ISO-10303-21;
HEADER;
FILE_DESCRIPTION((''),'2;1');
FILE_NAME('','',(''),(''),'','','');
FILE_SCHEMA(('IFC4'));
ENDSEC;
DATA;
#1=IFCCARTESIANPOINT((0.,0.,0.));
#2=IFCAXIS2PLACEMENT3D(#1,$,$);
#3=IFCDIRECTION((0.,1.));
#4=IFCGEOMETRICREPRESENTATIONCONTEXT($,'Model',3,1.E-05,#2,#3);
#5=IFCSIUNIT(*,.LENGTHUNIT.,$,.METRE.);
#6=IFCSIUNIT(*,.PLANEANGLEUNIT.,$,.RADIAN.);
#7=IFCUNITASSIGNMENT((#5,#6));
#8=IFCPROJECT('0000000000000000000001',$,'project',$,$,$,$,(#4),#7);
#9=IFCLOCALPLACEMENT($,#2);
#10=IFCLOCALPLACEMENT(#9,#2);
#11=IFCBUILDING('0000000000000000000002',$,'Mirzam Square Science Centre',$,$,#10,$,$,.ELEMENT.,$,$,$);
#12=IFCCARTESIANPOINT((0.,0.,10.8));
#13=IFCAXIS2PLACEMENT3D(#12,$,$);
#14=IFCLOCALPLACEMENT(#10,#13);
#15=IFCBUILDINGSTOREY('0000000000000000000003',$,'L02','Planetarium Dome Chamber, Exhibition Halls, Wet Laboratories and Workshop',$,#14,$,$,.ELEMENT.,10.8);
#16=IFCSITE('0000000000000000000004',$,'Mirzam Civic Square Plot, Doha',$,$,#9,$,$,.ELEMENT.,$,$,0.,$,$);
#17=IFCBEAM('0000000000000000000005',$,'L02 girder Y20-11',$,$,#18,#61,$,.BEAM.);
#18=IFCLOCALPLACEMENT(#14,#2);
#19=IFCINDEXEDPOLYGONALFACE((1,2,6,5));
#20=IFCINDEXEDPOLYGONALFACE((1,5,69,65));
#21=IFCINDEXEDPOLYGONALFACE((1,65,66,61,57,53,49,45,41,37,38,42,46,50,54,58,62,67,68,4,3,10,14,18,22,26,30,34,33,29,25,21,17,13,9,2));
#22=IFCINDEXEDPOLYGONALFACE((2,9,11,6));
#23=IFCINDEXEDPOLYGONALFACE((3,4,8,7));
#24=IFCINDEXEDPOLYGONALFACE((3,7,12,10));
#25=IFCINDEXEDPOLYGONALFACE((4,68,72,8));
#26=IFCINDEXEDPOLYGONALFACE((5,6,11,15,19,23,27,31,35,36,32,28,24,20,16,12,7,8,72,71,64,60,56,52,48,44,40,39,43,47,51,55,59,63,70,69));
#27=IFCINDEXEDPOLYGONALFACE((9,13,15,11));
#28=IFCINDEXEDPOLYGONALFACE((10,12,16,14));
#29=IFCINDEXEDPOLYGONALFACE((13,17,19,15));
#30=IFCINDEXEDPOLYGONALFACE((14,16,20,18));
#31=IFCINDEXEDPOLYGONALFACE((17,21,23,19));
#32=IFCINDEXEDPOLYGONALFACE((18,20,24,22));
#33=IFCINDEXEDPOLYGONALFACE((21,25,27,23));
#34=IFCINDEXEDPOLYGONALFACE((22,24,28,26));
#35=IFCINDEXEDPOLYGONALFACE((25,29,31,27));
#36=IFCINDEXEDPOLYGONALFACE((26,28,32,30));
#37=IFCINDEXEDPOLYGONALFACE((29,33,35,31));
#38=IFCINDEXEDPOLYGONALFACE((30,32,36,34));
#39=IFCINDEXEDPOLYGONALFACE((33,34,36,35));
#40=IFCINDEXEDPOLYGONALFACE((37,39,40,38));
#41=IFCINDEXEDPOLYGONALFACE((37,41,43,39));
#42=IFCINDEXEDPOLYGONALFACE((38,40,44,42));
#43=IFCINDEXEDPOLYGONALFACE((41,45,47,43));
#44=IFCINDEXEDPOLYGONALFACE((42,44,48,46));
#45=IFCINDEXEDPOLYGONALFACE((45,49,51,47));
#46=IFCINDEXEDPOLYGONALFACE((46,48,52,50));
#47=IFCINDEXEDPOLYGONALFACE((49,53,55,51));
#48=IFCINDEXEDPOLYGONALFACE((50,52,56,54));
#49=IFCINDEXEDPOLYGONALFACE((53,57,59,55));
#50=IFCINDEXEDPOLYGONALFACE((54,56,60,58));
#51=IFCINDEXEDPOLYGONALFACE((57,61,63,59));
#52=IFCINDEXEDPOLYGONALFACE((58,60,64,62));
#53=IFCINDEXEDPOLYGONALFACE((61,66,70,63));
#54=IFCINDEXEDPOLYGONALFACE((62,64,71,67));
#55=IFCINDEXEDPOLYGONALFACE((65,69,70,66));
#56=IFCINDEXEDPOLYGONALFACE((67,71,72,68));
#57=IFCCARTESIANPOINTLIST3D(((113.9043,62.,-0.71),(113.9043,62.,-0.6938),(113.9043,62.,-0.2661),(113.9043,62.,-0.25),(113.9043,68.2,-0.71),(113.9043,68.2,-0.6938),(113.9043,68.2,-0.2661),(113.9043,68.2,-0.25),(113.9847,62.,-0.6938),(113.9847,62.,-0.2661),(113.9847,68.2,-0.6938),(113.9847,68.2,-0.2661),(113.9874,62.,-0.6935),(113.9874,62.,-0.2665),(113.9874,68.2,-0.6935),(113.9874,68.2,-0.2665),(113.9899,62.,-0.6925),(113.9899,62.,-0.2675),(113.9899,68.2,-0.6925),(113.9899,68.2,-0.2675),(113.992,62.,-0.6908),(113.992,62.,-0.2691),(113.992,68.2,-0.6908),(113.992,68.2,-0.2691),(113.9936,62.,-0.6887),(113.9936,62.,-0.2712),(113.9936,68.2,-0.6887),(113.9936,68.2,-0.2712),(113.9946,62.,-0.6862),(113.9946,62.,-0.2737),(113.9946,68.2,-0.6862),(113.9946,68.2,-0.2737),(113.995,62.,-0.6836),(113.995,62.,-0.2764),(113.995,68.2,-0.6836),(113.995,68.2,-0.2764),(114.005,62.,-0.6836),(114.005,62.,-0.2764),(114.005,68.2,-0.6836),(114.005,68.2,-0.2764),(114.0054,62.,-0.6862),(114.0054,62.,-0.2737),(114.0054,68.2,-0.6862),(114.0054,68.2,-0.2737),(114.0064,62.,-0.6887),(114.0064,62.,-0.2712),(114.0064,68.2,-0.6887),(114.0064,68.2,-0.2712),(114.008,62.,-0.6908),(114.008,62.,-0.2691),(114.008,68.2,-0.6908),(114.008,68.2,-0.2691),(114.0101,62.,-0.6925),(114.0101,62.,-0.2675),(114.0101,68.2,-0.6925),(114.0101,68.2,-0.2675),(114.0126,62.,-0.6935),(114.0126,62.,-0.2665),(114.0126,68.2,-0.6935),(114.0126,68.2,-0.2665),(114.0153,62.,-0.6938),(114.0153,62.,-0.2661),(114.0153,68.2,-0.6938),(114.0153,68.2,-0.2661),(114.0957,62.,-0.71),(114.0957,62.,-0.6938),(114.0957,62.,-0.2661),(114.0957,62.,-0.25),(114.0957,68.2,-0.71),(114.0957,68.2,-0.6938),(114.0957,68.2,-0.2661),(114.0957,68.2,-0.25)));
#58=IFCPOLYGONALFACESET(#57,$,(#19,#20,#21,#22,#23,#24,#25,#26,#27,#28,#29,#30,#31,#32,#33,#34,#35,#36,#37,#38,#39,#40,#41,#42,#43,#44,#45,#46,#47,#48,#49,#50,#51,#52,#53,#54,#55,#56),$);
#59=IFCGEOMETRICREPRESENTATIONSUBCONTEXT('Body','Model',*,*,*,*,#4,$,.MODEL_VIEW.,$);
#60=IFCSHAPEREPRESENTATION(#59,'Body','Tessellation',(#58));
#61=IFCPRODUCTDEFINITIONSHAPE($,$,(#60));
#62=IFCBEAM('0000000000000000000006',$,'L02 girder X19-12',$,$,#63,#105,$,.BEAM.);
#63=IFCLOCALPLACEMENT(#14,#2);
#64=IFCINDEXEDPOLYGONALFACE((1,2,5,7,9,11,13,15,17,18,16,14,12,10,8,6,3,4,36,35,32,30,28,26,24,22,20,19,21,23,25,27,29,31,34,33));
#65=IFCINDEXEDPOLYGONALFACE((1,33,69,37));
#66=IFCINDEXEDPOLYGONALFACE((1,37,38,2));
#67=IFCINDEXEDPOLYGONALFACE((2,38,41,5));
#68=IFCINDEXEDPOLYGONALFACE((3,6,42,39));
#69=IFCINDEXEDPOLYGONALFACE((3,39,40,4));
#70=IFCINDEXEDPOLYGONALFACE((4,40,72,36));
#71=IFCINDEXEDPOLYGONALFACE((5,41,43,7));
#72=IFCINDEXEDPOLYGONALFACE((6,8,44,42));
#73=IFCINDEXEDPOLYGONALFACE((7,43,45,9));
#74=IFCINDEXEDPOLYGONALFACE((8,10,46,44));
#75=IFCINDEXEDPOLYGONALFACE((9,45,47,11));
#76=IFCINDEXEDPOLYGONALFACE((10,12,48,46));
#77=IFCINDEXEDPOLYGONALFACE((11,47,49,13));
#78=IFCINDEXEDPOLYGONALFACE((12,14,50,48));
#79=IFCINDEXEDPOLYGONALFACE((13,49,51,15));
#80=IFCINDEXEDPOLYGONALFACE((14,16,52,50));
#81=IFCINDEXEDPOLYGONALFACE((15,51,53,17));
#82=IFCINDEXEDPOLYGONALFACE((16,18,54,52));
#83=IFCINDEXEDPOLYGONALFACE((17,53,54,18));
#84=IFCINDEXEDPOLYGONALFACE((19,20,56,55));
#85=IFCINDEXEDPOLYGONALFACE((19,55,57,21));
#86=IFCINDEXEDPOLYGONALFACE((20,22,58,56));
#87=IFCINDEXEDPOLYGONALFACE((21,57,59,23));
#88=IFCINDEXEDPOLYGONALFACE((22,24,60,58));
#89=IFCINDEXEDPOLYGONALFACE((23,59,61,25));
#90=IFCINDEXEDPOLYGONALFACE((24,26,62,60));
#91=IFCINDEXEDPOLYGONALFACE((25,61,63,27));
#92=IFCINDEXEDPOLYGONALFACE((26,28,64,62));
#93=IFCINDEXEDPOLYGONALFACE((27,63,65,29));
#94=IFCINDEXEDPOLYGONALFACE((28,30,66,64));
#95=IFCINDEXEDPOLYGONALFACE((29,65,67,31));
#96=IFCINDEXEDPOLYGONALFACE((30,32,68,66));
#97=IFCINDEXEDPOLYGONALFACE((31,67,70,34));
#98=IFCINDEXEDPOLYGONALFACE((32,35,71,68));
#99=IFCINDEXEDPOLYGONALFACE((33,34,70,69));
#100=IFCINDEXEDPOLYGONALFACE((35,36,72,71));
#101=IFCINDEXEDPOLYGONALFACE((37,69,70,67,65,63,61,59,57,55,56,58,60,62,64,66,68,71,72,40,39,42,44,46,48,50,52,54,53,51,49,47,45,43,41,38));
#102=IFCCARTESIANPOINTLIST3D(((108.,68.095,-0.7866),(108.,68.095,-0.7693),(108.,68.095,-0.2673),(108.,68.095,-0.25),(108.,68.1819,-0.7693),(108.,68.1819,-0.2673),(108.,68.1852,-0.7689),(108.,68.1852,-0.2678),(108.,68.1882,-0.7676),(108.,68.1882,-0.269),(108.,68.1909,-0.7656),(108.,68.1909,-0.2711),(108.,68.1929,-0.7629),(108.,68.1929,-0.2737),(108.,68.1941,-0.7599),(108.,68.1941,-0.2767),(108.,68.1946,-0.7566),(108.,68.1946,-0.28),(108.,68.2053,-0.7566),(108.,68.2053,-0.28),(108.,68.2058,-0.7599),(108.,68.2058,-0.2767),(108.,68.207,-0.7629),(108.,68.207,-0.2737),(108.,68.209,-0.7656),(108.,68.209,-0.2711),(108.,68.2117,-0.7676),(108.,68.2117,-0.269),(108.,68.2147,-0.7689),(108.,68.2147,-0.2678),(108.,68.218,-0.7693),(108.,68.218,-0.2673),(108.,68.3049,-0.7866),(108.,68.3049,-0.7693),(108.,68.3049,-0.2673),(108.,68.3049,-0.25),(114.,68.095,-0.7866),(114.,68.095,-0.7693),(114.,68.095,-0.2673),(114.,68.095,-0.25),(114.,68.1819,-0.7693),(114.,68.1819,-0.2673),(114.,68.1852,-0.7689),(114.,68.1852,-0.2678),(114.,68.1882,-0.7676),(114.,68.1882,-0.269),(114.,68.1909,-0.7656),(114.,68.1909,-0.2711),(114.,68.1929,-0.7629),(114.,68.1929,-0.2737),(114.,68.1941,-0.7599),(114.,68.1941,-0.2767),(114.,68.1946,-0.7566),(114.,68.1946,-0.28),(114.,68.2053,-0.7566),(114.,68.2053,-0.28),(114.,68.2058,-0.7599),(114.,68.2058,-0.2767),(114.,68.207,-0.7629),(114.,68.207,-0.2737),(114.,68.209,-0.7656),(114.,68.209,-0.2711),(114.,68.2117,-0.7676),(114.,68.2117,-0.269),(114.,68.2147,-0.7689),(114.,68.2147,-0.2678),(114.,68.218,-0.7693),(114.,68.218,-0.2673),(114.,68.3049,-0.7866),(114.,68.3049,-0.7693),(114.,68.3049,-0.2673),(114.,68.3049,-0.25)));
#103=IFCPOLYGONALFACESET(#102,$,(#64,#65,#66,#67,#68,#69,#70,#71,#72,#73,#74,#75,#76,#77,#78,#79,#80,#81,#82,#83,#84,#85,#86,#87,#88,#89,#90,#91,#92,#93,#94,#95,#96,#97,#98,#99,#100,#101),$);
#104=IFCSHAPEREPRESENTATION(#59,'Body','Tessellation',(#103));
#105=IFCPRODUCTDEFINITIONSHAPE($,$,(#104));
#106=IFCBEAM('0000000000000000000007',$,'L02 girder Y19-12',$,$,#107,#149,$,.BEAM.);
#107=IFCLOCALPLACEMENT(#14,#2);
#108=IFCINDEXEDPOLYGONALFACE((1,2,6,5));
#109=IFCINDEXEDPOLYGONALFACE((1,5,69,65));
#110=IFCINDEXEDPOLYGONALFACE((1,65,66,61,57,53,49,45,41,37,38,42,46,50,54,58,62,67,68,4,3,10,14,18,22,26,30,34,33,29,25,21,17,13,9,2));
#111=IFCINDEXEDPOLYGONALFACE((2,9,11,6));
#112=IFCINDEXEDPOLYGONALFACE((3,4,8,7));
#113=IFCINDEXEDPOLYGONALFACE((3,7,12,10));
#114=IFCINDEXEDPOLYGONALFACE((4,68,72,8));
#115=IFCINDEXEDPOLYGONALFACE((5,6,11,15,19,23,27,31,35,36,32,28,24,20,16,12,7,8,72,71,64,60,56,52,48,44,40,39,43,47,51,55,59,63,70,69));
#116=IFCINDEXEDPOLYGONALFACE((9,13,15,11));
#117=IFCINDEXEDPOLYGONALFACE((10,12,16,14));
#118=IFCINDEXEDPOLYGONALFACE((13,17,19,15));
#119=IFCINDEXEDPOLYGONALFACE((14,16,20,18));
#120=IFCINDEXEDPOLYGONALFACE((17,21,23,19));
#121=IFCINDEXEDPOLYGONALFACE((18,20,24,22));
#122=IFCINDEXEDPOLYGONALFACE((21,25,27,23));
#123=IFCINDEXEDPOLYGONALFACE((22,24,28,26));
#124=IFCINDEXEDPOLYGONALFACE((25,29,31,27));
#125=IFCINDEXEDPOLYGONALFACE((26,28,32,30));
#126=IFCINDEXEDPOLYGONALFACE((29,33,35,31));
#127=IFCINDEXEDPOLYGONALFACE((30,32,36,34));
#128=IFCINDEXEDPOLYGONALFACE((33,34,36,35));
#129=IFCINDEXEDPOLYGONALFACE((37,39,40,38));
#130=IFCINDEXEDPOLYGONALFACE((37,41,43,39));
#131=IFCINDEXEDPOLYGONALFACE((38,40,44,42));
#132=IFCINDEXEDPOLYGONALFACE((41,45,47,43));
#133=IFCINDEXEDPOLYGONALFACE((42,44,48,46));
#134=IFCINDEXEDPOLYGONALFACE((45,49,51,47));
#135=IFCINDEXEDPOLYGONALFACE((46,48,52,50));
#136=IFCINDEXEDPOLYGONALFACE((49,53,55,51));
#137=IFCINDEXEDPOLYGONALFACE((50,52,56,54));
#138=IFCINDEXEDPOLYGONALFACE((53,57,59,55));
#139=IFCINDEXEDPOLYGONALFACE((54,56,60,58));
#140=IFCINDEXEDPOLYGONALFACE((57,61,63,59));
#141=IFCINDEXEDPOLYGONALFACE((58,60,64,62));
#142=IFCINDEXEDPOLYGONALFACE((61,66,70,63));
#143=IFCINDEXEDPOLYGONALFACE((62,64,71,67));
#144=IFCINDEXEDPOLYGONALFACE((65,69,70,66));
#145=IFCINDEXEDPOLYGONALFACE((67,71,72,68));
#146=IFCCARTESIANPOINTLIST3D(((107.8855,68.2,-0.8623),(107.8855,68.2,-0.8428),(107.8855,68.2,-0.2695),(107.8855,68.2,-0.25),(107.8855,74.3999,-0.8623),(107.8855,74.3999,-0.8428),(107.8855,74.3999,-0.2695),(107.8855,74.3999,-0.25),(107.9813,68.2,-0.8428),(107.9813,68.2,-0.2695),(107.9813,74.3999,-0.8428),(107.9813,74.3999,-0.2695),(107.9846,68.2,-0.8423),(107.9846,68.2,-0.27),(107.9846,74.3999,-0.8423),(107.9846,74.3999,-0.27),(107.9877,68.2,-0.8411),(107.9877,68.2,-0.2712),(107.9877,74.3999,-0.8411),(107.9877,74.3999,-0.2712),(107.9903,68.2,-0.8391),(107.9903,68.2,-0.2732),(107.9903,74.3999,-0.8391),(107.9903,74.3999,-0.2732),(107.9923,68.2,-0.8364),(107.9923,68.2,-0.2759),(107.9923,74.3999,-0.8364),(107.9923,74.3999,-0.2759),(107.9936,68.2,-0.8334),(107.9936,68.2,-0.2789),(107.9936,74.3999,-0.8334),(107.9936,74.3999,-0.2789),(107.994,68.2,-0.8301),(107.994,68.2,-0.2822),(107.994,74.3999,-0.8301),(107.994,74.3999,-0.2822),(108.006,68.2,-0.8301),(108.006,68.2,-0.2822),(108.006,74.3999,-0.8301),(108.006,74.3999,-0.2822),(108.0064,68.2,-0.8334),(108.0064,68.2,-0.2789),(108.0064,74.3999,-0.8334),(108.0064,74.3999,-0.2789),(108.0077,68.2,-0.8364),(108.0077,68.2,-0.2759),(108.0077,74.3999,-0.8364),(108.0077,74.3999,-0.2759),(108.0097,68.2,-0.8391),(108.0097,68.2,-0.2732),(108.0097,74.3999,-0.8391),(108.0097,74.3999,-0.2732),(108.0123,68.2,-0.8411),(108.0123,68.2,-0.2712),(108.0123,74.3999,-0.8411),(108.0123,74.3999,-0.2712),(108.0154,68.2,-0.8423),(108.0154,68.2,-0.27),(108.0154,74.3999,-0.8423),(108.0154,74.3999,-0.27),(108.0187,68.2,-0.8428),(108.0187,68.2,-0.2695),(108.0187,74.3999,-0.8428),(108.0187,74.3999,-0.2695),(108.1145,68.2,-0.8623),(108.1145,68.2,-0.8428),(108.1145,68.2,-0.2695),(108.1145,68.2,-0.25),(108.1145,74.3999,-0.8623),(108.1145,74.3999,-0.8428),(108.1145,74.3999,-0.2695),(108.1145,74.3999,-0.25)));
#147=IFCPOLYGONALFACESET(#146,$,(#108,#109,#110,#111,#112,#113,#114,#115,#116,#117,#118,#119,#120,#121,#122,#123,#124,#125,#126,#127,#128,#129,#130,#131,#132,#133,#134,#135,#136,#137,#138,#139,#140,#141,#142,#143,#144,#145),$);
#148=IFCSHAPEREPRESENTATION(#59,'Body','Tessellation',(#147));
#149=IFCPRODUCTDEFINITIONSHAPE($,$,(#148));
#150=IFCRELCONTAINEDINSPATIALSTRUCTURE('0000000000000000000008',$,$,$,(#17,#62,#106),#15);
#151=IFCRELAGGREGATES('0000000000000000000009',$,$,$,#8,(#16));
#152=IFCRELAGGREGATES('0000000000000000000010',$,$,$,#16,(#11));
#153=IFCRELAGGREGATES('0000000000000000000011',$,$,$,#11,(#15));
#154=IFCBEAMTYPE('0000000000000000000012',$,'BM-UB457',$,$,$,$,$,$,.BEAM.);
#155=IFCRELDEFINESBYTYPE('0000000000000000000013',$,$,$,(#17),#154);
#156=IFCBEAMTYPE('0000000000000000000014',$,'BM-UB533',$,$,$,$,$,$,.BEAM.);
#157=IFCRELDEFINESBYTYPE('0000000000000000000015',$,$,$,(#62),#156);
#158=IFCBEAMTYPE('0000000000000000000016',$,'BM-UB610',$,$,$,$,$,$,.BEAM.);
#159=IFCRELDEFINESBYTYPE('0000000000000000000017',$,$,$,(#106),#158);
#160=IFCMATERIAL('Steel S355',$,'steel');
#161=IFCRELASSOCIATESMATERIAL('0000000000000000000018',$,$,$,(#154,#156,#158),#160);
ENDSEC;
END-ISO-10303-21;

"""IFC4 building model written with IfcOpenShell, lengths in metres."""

from ifc_helpers import new_model, si_unit, direction, frame, origin, origin_2d, place, context, subcontext, project, spatial, i_section, extrude, material, material_profile, profile_set, type_object, element, save


model = new_model("IFC4")

# Units and contexts
model_context = context("Model", 3, precision=1e-05, world=origin(), true_north=direction((0.0, 1.0)))
body_context = subcontext(model_context, "Body", "Model", "MODEL_VIEW")
ifc_project = project(units=[si_unit("LENGTHUNIT", "METRE"), si_unit("PLANEANGLEUNIT", "RADIAN")], contexts=[model_context])

# Site, building, storey
site_placement = place(None, origin())
site = spatial("IfcSite", under=ifc_project, at=site_placement, Name="Mirzam Civic Square Plot, Doha", CompositionType="ELEMENT", RefElevation=0.0)
building_placement = place(site_placement, origin())
building = spatial("IfcBuilding", under=site, at=building_placement, Name="Mirzam Square Science Centre", CompositionType="ELEMENT")
storey_placement = place(building_placement, frame((0.0, 0.0, 10.8)))
storey = spatial("IfcBuildingStorey", under=building, at=storey_placement, Name="L02", Description="Planetarium Dome Chamber, Exhibition Halls, Wet Laboratories and Workshop", CompositionType="ELEMENT", Elevation=10.8)

# Shared definitions
ifc_material_1 = material(Name="Steel S355", Category="steel")

# Beams
ifc_material_profile_1 = material_profile(ifc_material_1, i_section(OverallWidth=0.1914, OverallDepth=0.46, WebThickness=0.01, FlangeThickness=0.0161, FilletRadius=0.0103, at=origin_2d()), Name="457x191x82UB")
ifc_profile_set_1 = profile_set([ifc_material_profile_1], Name="Steel S355")
beam_type_1 = type_object("IfcBeamType", Name="BM-UB457", PredefinedType="BEAM", material=ifc_profile_set_1)
beam_1_placement = place(storey_placement, frame((114.0, 62.0, -0.48), z_axis=(0.0, 1.0, 0.0), x_axis=(-1.0, 0.0, 0.0)))
element("IfcBeam", 1, at=beam_1_placement, inside=storey, type_object=beam_type_1, Name="L02 girder Y20-11", PredefinedType="BEAM", context=body_context, shape_type="SweptSolid", body=[
    extrude(i_section(OverallWidth=0.1914, OverallDepth=0.46, WebThickness=0.01, FlangeThickness=0.0161, FilletRadius=0.0103, at=origin_2d()), origin(), (0.0, 0.0, 1.0), 6.2),
])
ifc_material_profile_2 = material_profile(ifc_material_1, i_section(OverallWidth=0.21, OverallDepth=0.5366, WebThickness=0.0107, FlangeThickness=0.0173, FilletRadius=0.0127, at=origin_2d()), Name="533x210x101UB")
ifc_profile_set_2 = profile_set([ifc_material_profile_2], Name="Steel S355")
beam_type_2 = type_object("IfcBeamType", Name="BM-UB533", PredefinedType="BEAM", material=ifc_profile_set_2)
beam_2_placement = place(storey_placement, frame((108.0, 68.2, -0.5183), z_axis=(1.0, 0.0, 0.0), x_axis=(0.0, 1.0, 0.0)))
element("IfcBeam", 2, at=beam_2_placement, inside=storey, type_object=beam_type_2, Name="L02 girder X19-12", PredefinedType="BEAM", context=body_context, shape_type="SweptSolid", body=[
    extrude(i_section(OverallWidth=0.21, OverallDepth=0.5366, WebThickness=0.0107, FlangeThickness=0.0173, FilletRadius=0.0127, at=origin_2d()), origin(), (0.0, 0.0, 1.0), 6.0),
])
ifc_material_profile_3 = material_profile(ifc_material_1, i_section(OverallWidth=0.229, OverallDepth=0.6123, WebThickness=0.012, FlangeThickness=0.0195, FilletRadius=0.0127, at=origin_2d()), Name="610x229x125UB")
ifc_profile_set_3 = profile_set([ifc_material_profile_3], Name="Steel S355")
beam_type_3 = type_object("IfcBeamType", Name="BM-UB610", PredefinedType="BEAM", material=ifc_profile_set_3)
beam_3_placement = place(storey_placement, frame((108.0, 68.2, -0.5562), z_axis=(0.0, 1.0, 0.0), x_axis=(-1.0, 0.0, 0.0)))
element("IfcBeam", 3, at=beam_3_placement, inside=storey, type_object=beam_type_3, Name="L02 girder Y19-12", PredefinedType="BEAM", context=body_context, shape_type="SweptSolid", body=[
    extrude(i_section(OverallWidth=0.229, OverallDepth=0.6123, WebThickness=0.012, FlangeThickness=0.0195, FilletRadius=0.0127, at=origin_2d()), origin(), (0.0, 0.0, 1.0), 6.2),
])

save(model, "model.ifc")
